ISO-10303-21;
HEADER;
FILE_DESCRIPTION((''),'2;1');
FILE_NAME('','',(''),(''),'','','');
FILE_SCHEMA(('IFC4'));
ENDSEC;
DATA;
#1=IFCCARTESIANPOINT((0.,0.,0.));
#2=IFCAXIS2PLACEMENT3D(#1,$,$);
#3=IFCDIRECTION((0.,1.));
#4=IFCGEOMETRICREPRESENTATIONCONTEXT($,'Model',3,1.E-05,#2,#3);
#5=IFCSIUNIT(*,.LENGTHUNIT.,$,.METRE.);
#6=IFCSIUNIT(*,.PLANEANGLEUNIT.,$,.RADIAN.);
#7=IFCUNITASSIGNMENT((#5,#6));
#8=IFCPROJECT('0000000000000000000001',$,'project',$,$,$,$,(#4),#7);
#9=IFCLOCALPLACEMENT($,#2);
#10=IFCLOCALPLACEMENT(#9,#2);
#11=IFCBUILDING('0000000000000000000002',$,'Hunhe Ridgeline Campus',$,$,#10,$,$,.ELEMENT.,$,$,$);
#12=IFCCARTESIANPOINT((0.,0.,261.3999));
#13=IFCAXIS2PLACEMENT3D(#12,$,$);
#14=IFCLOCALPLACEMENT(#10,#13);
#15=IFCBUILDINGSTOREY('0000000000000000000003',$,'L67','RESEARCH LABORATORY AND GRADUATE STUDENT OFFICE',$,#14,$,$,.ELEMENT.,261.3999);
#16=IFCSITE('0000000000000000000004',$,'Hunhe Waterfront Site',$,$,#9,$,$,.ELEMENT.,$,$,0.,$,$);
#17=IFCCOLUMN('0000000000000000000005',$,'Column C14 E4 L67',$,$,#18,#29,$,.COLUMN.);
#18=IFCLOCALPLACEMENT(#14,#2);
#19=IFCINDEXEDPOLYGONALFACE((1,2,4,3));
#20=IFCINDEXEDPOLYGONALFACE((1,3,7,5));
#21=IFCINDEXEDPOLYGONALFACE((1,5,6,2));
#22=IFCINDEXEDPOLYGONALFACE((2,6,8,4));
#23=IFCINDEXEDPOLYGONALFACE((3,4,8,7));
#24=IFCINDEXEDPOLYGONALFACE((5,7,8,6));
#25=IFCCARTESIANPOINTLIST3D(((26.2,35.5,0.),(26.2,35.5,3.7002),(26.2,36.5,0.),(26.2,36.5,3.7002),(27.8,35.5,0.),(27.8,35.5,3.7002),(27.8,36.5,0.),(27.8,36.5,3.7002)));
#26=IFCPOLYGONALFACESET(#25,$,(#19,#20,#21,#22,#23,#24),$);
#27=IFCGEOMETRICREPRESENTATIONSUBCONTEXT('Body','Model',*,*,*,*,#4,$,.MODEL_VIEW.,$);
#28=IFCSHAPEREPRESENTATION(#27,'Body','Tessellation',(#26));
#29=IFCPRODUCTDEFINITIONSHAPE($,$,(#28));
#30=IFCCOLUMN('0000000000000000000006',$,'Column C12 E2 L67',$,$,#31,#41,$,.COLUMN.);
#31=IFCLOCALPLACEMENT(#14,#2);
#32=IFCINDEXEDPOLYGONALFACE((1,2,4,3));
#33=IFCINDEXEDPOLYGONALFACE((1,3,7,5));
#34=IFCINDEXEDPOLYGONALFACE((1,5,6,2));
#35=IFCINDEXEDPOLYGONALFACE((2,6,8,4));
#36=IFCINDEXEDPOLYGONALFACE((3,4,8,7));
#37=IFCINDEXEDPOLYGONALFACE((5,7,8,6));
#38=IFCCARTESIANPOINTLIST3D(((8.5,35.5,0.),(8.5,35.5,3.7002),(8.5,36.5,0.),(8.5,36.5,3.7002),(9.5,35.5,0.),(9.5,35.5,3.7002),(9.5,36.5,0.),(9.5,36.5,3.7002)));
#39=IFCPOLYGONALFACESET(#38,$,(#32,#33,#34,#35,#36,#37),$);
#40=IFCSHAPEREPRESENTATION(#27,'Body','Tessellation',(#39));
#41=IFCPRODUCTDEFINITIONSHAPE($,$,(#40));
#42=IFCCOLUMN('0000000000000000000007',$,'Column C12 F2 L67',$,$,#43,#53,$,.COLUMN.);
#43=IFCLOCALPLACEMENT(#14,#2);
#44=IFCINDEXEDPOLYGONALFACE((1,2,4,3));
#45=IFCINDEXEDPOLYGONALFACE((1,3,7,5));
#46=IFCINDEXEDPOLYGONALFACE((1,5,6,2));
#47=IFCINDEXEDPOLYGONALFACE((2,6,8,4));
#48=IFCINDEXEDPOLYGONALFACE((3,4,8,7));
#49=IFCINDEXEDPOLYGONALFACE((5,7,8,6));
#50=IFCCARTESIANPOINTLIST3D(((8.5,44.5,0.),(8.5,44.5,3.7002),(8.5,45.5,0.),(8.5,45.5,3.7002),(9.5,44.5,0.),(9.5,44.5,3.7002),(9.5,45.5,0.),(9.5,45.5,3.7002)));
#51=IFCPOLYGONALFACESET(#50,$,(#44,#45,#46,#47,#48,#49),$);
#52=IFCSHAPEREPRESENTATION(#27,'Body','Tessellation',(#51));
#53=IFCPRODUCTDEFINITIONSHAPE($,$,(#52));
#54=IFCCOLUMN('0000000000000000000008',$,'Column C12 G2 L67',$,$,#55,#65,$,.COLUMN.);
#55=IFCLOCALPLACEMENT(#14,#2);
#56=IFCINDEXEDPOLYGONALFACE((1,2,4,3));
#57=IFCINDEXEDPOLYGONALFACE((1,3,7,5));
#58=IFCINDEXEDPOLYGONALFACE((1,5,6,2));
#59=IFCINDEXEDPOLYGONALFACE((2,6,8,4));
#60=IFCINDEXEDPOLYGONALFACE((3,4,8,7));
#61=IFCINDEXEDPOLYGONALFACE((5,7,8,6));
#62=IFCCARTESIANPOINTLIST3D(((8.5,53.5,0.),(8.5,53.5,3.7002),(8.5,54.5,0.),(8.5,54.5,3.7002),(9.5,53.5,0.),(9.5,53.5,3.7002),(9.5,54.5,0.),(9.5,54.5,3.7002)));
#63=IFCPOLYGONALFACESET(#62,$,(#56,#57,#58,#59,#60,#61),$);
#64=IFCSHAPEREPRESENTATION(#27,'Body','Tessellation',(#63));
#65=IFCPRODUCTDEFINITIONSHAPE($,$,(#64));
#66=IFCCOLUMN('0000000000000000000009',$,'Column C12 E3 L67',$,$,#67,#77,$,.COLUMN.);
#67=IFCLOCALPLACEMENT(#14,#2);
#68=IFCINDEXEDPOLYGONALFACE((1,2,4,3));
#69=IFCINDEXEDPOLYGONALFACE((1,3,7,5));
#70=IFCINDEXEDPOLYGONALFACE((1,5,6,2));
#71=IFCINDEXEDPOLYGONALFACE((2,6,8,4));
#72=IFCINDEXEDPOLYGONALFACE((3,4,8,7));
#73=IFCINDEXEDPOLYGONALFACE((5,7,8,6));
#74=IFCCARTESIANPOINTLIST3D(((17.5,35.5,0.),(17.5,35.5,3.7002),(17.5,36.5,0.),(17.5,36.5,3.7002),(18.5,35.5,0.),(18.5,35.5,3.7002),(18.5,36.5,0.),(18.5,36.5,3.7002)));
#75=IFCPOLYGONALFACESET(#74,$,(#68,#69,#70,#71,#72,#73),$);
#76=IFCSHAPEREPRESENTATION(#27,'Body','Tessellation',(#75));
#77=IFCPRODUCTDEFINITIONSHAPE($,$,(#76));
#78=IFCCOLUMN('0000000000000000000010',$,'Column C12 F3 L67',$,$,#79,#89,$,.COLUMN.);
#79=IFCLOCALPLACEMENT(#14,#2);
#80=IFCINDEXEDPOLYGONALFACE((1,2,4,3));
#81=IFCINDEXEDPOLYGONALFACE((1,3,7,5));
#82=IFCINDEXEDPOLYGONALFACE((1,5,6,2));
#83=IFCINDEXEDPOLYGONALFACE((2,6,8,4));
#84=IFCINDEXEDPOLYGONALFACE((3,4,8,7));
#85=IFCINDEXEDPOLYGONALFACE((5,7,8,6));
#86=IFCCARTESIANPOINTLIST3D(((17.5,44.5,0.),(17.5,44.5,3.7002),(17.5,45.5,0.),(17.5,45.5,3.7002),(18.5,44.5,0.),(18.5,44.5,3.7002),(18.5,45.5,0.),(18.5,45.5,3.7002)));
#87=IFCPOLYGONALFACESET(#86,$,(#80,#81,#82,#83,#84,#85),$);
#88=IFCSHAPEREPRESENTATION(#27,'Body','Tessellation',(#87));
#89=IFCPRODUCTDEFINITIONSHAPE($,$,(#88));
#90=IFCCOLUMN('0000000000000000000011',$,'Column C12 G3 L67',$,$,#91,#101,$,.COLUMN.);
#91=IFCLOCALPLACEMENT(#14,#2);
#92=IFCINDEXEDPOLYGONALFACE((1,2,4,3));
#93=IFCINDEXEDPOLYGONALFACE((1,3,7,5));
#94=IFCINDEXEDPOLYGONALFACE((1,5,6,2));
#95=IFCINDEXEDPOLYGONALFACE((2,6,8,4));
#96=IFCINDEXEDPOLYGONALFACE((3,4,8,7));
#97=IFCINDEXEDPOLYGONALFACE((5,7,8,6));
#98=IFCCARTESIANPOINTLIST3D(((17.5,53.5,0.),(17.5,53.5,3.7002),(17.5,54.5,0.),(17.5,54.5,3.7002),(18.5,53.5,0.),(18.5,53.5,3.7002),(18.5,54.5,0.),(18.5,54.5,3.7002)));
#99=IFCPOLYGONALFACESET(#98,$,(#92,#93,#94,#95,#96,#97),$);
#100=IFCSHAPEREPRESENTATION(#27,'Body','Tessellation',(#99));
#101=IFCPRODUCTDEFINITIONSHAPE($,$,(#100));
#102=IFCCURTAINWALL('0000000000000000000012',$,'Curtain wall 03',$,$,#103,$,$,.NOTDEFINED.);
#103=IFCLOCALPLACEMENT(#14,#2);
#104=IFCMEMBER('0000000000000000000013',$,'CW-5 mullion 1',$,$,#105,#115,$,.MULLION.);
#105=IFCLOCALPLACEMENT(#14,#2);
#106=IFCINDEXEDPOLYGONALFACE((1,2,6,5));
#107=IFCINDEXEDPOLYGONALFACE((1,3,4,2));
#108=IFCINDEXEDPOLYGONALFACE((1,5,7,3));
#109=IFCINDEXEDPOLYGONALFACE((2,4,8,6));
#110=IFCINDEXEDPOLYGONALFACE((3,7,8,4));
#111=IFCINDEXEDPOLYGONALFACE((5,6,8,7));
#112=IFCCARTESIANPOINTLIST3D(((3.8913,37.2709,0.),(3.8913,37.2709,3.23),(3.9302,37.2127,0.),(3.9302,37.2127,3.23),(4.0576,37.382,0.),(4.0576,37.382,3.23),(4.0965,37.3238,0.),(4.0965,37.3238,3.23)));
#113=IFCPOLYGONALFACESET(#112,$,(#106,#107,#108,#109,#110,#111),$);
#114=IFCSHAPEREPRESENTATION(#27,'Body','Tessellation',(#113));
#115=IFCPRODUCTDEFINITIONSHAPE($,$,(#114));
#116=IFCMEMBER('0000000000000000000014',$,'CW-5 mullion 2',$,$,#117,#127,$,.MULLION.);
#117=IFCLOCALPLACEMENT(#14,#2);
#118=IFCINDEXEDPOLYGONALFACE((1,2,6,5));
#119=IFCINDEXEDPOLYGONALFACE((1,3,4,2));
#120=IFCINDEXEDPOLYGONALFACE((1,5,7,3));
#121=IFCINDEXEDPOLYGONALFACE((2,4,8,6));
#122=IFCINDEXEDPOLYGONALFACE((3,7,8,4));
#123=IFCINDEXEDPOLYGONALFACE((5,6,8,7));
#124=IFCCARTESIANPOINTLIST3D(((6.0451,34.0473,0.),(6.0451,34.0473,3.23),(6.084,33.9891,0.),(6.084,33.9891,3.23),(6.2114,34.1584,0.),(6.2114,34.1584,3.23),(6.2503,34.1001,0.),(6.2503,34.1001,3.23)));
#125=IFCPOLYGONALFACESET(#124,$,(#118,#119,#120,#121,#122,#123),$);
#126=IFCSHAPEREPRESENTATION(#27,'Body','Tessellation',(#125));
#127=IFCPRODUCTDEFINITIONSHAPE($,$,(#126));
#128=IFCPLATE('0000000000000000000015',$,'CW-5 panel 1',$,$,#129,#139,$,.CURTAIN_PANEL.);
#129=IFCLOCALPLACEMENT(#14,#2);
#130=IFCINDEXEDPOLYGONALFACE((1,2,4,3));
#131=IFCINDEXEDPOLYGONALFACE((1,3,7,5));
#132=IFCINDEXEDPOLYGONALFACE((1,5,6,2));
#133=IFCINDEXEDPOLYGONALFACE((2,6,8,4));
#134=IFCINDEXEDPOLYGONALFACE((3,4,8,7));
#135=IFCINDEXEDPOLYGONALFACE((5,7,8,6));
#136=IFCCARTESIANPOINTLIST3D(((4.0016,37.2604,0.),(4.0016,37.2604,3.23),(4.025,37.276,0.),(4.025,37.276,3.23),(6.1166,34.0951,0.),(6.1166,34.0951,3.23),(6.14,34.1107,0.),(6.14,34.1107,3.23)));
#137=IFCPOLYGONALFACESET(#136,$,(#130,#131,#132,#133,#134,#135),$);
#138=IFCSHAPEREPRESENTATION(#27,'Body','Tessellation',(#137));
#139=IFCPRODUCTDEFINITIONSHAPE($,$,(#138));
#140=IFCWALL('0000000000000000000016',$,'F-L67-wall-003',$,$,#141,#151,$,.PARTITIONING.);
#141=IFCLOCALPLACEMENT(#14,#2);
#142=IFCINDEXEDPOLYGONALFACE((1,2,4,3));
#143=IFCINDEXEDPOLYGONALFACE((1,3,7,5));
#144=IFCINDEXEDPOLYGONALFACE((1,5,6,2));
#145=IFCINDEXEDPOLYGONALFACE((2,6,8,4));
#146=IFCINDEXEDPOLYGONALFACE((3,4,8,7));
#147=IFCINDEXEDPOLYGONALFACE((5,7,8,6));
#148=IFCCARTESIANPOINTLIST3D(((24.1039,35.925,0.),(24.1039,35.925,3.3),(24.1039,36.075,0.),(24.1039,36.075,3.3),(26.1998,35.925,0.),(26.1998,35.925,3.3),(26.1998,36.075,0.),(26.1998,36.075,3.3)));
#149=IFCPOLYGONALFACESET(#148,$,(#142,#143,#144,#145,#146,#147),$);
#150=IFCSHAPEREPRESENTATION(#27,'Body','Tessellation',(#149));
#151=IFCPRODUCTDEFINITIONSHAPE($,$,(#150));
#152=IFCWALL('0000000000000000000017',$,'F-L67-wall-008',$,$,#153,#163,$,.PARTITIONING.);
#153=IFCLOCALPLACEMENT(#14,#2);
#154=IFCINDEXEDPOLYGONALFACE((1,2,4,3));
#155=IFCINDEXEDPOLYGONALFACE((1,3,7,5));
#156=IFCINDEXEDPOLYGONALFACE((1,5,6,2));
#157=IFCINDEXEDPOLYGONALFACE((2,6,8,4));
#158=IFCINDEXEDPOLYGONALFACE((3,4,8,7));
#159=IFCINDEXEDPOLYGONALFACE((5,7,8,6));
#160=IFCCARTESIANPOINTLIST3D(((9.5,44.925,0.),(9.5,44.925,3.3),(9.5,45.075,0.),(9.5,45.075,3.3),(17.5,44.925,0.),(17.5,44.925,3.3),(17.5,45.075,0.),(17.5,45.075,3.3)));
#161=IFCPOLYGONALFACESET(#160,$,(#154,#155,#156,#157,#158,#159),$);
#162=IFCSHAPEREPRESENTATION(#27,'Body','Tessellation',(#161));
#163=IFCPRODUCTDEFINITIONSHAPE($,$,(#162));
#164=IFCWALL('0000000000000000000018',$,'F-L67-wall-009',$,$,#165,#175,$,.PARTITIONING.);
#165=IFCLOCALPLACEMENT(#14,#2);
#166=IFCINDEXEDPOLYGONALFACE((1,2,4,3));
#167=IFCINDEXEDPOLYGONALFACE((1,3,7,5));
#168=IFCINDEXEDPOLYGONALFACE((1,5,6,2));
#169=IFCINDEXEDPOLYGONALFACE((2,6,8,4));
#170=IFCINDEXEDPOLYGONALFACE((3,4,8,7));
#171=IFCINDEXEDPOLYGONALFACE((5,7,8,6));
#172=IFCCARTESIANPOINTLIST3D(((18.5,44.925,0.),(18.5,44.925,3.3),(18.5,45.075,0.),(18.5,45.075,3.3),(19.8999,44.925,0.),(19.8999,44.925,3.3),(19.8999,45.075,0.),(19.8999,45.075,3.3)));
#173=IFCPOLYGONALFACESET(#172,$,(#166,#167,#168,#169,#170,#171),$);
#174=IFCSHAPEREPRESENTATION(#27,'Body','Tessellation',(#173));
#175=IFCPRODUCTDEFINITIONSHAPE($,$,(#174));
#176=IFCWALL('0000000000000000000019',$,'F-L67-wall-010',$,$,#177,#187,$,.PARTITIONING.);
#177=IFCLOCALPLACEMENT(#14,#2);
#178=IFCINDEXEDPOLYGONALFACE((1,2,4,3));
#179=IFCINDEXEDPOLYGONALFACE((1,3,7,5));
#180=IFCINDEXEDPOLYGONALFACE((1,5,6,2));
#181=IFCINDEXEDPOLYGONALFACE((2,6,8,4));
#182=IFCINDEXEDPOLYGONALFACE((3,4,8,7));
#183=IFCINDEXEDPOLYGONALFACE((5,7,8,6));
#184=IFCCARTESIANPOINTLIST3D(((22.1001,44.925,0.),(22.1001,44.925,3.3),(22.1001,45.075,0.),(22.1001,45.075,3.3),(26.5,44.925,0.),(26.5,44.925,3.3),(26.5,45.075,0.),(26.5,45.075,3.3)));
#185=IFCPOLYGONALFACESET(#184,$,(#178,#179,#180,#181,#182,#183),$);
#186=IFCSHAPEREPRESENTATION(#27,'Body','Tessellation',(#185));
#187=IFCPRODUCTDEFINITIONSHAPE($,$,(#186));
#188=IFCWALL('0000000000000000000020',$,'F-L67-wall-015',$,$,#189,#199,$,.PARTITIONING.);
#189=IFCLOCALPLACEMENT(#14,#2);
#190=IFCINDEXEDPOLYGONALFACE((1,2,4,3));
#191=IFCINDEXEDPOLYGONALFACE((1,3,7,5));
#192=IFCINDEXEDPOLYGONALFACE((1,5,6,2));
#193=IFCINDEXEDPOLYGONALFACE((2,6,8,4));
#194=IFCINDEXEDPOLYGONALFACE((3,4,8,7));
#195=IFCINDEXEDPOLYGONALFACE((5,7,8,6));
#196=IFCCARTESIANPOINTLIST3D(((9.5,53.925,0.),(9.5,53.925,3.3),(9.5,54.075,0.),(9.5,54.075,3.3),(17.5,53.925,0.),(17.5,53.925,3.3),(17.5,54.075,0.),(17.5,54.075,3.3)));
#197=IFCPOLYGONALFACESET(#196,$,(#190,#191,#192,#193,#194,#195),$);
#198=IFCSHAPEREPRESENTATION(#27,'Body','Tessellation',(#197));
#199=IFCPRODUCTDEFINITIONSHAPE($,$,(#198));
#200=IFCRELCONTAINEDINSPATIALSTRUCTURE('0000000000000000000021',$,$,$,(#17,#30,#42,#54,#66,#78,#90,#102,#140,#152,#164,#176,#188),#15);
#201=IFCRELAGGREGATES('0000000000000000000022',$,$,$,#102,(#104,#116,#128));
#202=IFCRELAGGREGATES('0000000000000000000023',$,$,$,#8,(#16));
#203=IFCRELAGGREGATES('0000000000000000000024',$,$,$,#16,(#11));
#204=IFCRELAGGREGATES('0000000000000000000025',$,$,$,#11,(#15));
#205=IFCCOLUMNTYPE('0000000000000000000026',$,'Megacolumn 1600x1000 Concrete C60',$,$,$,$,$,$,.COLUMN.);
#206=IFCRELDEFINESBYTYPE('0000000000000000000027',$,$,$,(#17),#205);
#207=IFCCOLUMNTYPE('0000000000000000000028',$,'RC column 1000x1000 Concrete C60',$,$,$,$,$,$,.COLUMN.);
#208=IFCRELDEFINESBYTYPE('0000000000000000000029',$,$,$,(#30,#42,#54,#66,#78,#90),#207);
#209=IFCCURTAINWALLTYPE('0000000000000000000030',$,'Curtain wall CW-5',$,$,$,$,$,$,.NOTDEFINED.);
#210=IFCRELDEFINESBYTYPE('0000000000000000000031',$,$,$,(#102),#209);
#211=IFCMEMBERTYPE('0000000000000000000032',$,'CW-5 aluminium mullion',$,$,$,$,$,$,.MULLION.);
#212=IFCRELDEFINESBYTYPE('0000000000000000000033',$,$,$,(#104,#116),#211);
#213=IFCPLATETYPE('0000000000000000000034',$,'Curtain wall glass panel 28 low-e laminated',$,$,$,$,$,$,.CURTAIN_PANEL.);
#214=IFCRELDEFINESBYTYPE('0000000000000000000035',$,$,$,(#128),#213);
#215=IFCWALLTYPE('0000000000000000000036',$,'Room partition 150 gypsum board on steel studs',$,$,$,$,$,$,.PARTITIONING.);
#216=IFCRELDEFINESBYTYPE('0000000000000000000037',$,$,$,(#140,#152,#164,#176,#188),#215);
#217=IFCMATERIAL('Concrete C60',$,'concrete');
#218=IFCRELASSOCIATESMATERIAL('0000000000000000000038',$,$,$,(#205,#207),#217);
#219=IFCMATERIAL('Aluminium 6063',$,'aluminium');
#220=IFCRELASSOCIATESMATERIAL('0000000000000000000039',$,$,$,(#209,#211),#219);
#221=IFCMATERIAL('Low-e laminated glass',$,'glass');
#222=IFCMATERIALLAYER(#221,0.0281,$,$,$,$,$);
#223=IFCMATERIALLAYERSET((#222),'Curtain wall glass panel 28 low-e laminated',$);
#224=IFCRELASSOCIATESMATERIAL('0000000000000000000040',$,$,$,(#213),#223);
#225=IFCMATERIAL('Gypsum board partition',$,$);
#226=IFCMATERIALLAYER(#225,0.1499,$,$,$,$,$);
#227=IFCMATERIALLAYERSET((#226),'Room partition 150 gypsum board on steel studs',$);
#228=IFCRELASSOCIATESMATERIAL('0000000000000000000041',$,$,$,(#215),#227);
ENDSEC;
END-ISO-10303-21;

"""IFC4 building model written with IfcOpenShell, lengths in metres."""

from ifc_helpers import new_model, si_unit, direction, frame, frame_2d, origin, origin_2d, place, context, subcontext, project, spatial, rectangle, extrude, material, layer, layer_set, material_profile, profile_set, type_object, element, aggregate, save


model = new_model("IFC4")

# Units and contexts
model_context = context("Model", 3, precision=1e-05, world=origin(), true_north=direction((0.0, 1.0)))
body_context = subcontext(model_context, "Body", "Model", "MODEL_VIEW")
ifc_project = project(units=[si_unit("LENGTHUNIT", "METRE"), si_unit("PLANEANGLEUNIT", "RADIAN")], contexts=[model_context])

# Site, building, storey
site_placement = place(None, origin())
site = spatial("IfcSite", under=ifc_project, at=site_placement, Name="Hunhe Waterfront Site", CompositionType="ELEMENT", RefElevation=0.0)
building_placement = place(site_placement, origin())
building = spatial("IfcBuilding", under=site, at=building_placement, Name="Hunhe Ridgeline Campus", CompositionType="ELEMENT")
storey_placement = place(building_placement, frame((0.0, 0.0, 261.3999)))
storey = spatial("IfcBuildingStorey", under=building, at=storey_placement, Name="L67", Description="RESEARCH LABORATORY AND GRADUATE STUDENT OFFICE", CompositionType="ELEMENT", Elevation=261.3999)

# Columns
ifc_material_1 = material(Name="Concrete C60", Category="concrete")
ifc_material_profile_1 = material_profile(ifc_material_1, rectangle(XDim=1.6001, YDim=1.0, at=origin_2d()))
ifc_profile_set_1 = profile_set([ifc_material_profile_1], Name="Concrete C60")
column_type_1 = type_object("IfcColumnType", Name="Megacolumn 1600x1000 Concrete C60", PredefinedType="COLUMN", material=ifc_profile_set_1)
column_placement = place(storey_placement, frame((27.0, 36.0, 0.0), z_axis=(0.0, 0.0, 1.0), x_axis=(1.0, 0.0, 0.0)))
element("IfcColumn", 1, at=column_placement, inside=storey, type_object=column_type_1, Name="Column C14 E4 L67", PredefinedType="COLUMN", context=body_context, shape_type="SweptSolid", body=[
    extrude(rectangle(XDim=1.6001, YDim=1.0, at=origin_2d()), origin(), (0.0, 0.0, 1.0), 3.7002),
])
ifc_material_profile_2 = material_profile(ifc_material_1, rectangle(XDim=1.0, YDim=1.0, at=origin_2d()))
ifc_profile_set_2 = profile_set([ifc_material_profile_2], Name="Concrete C60")
column_type_2 = type_object("IfcColumnType", Name="RC column 1000x1000 Concrete C60", PredefinedType="COLUMN", material=ifc_profile_set_2)
for number, where, z_axis, x_axis, name in (
    (2, (9.0, 36.0, 0.0), (0.0, 0.0, 1.0), (1.0, 0.0, 0.0), "Column C12 E2 L67"),
    (3, (9.0, 45.0, 0.0), (0.0, 0.0, 1.0), (1.0, 0.0, 0.0), "Column C12 F2 L67"),
    (4, (9.0, 54.0, 0.0), (0.0, 0.0, 1.0), (1.0, 0.0, 0.0), "Column C12 G2 L67"),
    (5, (18.0, 36.0, 0.0), (0.0, 0.0, 1.0), (1.0, 0.0, 0.0), "Column C12 E3 L67"),
    (6, (18.0, 45.0, 0.0), (0.0, 0.0, 1.0), (1.0, 0.0, 0.0), "Column C12 F3 L67"),
    (7, (18.0, 54.0, 0.0), (0.0, 0.0, 1.0), (1.0, 0.0, 0.0), "Column C12 G3 L67"),
):
    element("IfcColumn", number, at=place(storey_placement, frame(where, z_axis=z_axis, x_axis=x_axis)), inside=storey, type_object=column_type_2, Name=name, PredefinedType="COLUMN", context=body_context, shape_type="SweptSolid", body=[
        extrude(rectangle(XDim=1.0, YDim=1.0, at=origin_2d()), origin(), (0.0, 0.0, 1.0), 3.7002),
    ])

# Curtain wall, members, plate
ifc_material_2 = material(Name="Aluminium 6063", Category="aluminium")
curtain_wall_type = type_object("IfcCurtainWallType", Name="Curtain wall CW-5", PredefinedType="NOTDEFINED", material=ifc_material_2)
curtain_wall_placement = place(storey_placement, origin())
curtain_wall = element("IfcCurtainWall", 8, at=curtain_wall_placement, inside=storey, type_object=curtain_wall_type, Name="Curtain wall 03", PredefinedType="NOTDEFINED")
ifc_material_profile_3 = material_profile(ifc_material_2, rectangle(XDim=0.2, YDim=0.0701, at=origin_2d()))
ifc_profile_set_3 = profile_set([ifc_material_profile_3], Name="Aluminium 6063")
member_type = type_object("IfcMemberType", Name="CW-5 aluminium mullion", PredefinedType="MULLION", material=ifc_profile_set_3)
member_1_placement = place(storey_placement, frame((3.9939, 37.2974, 0.0), z_axis=(0.0, 0.0, 1.0), x_axis=(0.83147, 0.55557, 0.0)))
member_1 = element("IfcMember", 9, at=member_1_placement, type_object=member_type, Name="CW-5 mullion 1", PredefinedType="MULLION", context=body_context, shape_type="SweptSolid", body=[
    extrude(rectangle(XDim=0.2, YDim=0.0701, at=origin_2d()), origin(), (0.0, 0.0, 1.0), 3.23),
])
member_2_placement = place(storey_placement, frame((6.1477, 34.0737, 0.0), z_axis=(0.0, 0.0, 1.0), x_axis=(0.83147, 0.55557, 0.0)))
member_2 = element("IfcMember", 10, at=member_2_placement, type_object=member_type, Name="CW-5 mullion 2", PredefinedType="MULLION", context=body_context, shape_type="SweptSolid", body=[
    extrude(rectangle(XDim=0.2, YDim=0.0701, at=origin_2d()), origin(), (0.0, 0.0, 1.0), 3.23),
])
ifc_material_3 = material(Name="Low-e laminated glass", Category="glass")
ifc_layer_1 = layer(ifc_material_3, 0.0281)
ifc_layer_set_1 = layer_set([ifc_layer_1], Name="Curtain wall glass panel 28 low-e laminated")
plate_type = type_object("IfcPlateType", Name="Curtain wall glass panel 28 low-e laminated", PredefinedType="CURTAIN_PANEL", material=ifc_layer_set_1)
plate_placement = place(storey_placement, frame((5.0708, 35.6855, 0.0), z_axis=(0.0, 0.0, 1.0), x_axis=(0.55557, -0.83147, 0.0)))
plate = element("IfcPlate", 11, at=plate_placement, type_object=plate_type, Name="CW-5 panel 1", PredefinedType="CURTAIN_PANEL", context=body_context, shape_type="SweptSolid", body=[
    extrude(rectangle(XDim=3.8069, YDim=0.0281, at=origin_2d()), origin(), (0.0, 0.0, 1.0), 3.23),
])
aggregate(curtain_wall, [member_1, member_2, plate])

# Shared definitions
ifc_material_4 = material(Name="Gypsum board partition")

# Walls
ifc_layer_2 = layer(ifc_material_4, 0.1499)
ifc_layer_set_2 = layer_set([ifc_layer_2], Name="Room partition 150 gypsum board on steel studs")
wall_type_1 = type_object("IfcWallType", Name="Room partition 150 gypsum board on steel studs", PredefinedType="PARTITIONING", material=ifc_layer_set_2)
wall_1_placement = place(storey_placement, frame((24.104, 36.0, 0.0), z_axis=(0.0, 0.0, 1.0), x_axis=(1.0, 0.0, 0.0)))
element("IfcWall", 12, at=wall_1_placement, inside=storey, type_object=wall_type_1, Name="F-L67-wall-003", PredefinedType="PARTITIONING", context=body_context, shape_type="SweptSolid", body=[
    extrude(rectangle(XDim=2.0959, YDim=0.1499, at=frame_2d((1.0479, 0.0))), origin(), (0.0, 0.0, 1.0), 3.3),
])
wall_2_placement = place(storey_placement, frame((9.5, 45.0, 0.0), z_axis=(0.0, 0.0, 1.0), x_axis=(1.0, 0.0, 0.0)))
element("IfcWall", 13, at=wall_2_placement, inside=storey, type_object=wall_type_1, Name="F-L67-wall-008", PredefinedType="PARTITIONING", context=body_context, shape_type="SweptSolid", body=[
    extrude(rectangle(XDim=8.0, YDim=0.1499, at=frame_2d((4.0, 0.0))), origin(), (0.0, 0.0, 1.0), 3.3),
])
wall_3_placement = place(storey_placement, frame((18.5, 45.0, 0.0), z_axis=(0.0, 0.0, 1.0), x_axis=(1.0, 0.0, 0.0)))
element("IfcWall", 14, at=wall_3_placement, inside=storey, type_object=wall_type_1, Name="F-L67-wall-009", PredefinedType="PARTITIONING", context=body_context, shape_type="SweptSolid", body=[
    extrude(rectangle(XDim=1.3999, YDim=0.1499, at=frame_2d((0.7, 0.0))), origin(), (0.0, 0.0, 1.0), 3.3),
])
wall_4_placement = place(storey_placement, frame((22.1001, 45.0, 0.0), z_axis=(0.0, 0.0, 1.0), x_axis=(1.0, 0.0, 0.0)))
element("IfcWall", 15, at=wall_4_placement, inside=storey, type_object=wall_type_1, Name="F-L67-wall-010", PredefinedType="PARTITIONING", context=body_context, shape_type="SweptSolid", body=[
    extrude(rectangle(XDim=4.3999, YDim=0.1499, at=frame_2d((2.2, 0.0))), origin(), (0.0, 0.0, 1.0), 3.3),
])
wall_5_placement = place(storey_placement, frame((9.5, 54.0, 0.0), z_axis=(0.0, 0.0, 1.0), x_axis=(1.0, 0.0, 0.0)))
element("IfcWall", 16, at=wall_5_placement, inside=storey, type_object=wall_type_1, Name="F-L67-wall-015", PredefinedType="PARTITIONING", context=body_context, shape_type="SweptSolid", body=[
    extrude(rectangle(XDim=8.0, YDim=0.1499, at=frame_2d((4.0, 0.0))), origin(), (0.0, 0.0, 1.0), 3.3),
])

save(model, "model.ifc")
